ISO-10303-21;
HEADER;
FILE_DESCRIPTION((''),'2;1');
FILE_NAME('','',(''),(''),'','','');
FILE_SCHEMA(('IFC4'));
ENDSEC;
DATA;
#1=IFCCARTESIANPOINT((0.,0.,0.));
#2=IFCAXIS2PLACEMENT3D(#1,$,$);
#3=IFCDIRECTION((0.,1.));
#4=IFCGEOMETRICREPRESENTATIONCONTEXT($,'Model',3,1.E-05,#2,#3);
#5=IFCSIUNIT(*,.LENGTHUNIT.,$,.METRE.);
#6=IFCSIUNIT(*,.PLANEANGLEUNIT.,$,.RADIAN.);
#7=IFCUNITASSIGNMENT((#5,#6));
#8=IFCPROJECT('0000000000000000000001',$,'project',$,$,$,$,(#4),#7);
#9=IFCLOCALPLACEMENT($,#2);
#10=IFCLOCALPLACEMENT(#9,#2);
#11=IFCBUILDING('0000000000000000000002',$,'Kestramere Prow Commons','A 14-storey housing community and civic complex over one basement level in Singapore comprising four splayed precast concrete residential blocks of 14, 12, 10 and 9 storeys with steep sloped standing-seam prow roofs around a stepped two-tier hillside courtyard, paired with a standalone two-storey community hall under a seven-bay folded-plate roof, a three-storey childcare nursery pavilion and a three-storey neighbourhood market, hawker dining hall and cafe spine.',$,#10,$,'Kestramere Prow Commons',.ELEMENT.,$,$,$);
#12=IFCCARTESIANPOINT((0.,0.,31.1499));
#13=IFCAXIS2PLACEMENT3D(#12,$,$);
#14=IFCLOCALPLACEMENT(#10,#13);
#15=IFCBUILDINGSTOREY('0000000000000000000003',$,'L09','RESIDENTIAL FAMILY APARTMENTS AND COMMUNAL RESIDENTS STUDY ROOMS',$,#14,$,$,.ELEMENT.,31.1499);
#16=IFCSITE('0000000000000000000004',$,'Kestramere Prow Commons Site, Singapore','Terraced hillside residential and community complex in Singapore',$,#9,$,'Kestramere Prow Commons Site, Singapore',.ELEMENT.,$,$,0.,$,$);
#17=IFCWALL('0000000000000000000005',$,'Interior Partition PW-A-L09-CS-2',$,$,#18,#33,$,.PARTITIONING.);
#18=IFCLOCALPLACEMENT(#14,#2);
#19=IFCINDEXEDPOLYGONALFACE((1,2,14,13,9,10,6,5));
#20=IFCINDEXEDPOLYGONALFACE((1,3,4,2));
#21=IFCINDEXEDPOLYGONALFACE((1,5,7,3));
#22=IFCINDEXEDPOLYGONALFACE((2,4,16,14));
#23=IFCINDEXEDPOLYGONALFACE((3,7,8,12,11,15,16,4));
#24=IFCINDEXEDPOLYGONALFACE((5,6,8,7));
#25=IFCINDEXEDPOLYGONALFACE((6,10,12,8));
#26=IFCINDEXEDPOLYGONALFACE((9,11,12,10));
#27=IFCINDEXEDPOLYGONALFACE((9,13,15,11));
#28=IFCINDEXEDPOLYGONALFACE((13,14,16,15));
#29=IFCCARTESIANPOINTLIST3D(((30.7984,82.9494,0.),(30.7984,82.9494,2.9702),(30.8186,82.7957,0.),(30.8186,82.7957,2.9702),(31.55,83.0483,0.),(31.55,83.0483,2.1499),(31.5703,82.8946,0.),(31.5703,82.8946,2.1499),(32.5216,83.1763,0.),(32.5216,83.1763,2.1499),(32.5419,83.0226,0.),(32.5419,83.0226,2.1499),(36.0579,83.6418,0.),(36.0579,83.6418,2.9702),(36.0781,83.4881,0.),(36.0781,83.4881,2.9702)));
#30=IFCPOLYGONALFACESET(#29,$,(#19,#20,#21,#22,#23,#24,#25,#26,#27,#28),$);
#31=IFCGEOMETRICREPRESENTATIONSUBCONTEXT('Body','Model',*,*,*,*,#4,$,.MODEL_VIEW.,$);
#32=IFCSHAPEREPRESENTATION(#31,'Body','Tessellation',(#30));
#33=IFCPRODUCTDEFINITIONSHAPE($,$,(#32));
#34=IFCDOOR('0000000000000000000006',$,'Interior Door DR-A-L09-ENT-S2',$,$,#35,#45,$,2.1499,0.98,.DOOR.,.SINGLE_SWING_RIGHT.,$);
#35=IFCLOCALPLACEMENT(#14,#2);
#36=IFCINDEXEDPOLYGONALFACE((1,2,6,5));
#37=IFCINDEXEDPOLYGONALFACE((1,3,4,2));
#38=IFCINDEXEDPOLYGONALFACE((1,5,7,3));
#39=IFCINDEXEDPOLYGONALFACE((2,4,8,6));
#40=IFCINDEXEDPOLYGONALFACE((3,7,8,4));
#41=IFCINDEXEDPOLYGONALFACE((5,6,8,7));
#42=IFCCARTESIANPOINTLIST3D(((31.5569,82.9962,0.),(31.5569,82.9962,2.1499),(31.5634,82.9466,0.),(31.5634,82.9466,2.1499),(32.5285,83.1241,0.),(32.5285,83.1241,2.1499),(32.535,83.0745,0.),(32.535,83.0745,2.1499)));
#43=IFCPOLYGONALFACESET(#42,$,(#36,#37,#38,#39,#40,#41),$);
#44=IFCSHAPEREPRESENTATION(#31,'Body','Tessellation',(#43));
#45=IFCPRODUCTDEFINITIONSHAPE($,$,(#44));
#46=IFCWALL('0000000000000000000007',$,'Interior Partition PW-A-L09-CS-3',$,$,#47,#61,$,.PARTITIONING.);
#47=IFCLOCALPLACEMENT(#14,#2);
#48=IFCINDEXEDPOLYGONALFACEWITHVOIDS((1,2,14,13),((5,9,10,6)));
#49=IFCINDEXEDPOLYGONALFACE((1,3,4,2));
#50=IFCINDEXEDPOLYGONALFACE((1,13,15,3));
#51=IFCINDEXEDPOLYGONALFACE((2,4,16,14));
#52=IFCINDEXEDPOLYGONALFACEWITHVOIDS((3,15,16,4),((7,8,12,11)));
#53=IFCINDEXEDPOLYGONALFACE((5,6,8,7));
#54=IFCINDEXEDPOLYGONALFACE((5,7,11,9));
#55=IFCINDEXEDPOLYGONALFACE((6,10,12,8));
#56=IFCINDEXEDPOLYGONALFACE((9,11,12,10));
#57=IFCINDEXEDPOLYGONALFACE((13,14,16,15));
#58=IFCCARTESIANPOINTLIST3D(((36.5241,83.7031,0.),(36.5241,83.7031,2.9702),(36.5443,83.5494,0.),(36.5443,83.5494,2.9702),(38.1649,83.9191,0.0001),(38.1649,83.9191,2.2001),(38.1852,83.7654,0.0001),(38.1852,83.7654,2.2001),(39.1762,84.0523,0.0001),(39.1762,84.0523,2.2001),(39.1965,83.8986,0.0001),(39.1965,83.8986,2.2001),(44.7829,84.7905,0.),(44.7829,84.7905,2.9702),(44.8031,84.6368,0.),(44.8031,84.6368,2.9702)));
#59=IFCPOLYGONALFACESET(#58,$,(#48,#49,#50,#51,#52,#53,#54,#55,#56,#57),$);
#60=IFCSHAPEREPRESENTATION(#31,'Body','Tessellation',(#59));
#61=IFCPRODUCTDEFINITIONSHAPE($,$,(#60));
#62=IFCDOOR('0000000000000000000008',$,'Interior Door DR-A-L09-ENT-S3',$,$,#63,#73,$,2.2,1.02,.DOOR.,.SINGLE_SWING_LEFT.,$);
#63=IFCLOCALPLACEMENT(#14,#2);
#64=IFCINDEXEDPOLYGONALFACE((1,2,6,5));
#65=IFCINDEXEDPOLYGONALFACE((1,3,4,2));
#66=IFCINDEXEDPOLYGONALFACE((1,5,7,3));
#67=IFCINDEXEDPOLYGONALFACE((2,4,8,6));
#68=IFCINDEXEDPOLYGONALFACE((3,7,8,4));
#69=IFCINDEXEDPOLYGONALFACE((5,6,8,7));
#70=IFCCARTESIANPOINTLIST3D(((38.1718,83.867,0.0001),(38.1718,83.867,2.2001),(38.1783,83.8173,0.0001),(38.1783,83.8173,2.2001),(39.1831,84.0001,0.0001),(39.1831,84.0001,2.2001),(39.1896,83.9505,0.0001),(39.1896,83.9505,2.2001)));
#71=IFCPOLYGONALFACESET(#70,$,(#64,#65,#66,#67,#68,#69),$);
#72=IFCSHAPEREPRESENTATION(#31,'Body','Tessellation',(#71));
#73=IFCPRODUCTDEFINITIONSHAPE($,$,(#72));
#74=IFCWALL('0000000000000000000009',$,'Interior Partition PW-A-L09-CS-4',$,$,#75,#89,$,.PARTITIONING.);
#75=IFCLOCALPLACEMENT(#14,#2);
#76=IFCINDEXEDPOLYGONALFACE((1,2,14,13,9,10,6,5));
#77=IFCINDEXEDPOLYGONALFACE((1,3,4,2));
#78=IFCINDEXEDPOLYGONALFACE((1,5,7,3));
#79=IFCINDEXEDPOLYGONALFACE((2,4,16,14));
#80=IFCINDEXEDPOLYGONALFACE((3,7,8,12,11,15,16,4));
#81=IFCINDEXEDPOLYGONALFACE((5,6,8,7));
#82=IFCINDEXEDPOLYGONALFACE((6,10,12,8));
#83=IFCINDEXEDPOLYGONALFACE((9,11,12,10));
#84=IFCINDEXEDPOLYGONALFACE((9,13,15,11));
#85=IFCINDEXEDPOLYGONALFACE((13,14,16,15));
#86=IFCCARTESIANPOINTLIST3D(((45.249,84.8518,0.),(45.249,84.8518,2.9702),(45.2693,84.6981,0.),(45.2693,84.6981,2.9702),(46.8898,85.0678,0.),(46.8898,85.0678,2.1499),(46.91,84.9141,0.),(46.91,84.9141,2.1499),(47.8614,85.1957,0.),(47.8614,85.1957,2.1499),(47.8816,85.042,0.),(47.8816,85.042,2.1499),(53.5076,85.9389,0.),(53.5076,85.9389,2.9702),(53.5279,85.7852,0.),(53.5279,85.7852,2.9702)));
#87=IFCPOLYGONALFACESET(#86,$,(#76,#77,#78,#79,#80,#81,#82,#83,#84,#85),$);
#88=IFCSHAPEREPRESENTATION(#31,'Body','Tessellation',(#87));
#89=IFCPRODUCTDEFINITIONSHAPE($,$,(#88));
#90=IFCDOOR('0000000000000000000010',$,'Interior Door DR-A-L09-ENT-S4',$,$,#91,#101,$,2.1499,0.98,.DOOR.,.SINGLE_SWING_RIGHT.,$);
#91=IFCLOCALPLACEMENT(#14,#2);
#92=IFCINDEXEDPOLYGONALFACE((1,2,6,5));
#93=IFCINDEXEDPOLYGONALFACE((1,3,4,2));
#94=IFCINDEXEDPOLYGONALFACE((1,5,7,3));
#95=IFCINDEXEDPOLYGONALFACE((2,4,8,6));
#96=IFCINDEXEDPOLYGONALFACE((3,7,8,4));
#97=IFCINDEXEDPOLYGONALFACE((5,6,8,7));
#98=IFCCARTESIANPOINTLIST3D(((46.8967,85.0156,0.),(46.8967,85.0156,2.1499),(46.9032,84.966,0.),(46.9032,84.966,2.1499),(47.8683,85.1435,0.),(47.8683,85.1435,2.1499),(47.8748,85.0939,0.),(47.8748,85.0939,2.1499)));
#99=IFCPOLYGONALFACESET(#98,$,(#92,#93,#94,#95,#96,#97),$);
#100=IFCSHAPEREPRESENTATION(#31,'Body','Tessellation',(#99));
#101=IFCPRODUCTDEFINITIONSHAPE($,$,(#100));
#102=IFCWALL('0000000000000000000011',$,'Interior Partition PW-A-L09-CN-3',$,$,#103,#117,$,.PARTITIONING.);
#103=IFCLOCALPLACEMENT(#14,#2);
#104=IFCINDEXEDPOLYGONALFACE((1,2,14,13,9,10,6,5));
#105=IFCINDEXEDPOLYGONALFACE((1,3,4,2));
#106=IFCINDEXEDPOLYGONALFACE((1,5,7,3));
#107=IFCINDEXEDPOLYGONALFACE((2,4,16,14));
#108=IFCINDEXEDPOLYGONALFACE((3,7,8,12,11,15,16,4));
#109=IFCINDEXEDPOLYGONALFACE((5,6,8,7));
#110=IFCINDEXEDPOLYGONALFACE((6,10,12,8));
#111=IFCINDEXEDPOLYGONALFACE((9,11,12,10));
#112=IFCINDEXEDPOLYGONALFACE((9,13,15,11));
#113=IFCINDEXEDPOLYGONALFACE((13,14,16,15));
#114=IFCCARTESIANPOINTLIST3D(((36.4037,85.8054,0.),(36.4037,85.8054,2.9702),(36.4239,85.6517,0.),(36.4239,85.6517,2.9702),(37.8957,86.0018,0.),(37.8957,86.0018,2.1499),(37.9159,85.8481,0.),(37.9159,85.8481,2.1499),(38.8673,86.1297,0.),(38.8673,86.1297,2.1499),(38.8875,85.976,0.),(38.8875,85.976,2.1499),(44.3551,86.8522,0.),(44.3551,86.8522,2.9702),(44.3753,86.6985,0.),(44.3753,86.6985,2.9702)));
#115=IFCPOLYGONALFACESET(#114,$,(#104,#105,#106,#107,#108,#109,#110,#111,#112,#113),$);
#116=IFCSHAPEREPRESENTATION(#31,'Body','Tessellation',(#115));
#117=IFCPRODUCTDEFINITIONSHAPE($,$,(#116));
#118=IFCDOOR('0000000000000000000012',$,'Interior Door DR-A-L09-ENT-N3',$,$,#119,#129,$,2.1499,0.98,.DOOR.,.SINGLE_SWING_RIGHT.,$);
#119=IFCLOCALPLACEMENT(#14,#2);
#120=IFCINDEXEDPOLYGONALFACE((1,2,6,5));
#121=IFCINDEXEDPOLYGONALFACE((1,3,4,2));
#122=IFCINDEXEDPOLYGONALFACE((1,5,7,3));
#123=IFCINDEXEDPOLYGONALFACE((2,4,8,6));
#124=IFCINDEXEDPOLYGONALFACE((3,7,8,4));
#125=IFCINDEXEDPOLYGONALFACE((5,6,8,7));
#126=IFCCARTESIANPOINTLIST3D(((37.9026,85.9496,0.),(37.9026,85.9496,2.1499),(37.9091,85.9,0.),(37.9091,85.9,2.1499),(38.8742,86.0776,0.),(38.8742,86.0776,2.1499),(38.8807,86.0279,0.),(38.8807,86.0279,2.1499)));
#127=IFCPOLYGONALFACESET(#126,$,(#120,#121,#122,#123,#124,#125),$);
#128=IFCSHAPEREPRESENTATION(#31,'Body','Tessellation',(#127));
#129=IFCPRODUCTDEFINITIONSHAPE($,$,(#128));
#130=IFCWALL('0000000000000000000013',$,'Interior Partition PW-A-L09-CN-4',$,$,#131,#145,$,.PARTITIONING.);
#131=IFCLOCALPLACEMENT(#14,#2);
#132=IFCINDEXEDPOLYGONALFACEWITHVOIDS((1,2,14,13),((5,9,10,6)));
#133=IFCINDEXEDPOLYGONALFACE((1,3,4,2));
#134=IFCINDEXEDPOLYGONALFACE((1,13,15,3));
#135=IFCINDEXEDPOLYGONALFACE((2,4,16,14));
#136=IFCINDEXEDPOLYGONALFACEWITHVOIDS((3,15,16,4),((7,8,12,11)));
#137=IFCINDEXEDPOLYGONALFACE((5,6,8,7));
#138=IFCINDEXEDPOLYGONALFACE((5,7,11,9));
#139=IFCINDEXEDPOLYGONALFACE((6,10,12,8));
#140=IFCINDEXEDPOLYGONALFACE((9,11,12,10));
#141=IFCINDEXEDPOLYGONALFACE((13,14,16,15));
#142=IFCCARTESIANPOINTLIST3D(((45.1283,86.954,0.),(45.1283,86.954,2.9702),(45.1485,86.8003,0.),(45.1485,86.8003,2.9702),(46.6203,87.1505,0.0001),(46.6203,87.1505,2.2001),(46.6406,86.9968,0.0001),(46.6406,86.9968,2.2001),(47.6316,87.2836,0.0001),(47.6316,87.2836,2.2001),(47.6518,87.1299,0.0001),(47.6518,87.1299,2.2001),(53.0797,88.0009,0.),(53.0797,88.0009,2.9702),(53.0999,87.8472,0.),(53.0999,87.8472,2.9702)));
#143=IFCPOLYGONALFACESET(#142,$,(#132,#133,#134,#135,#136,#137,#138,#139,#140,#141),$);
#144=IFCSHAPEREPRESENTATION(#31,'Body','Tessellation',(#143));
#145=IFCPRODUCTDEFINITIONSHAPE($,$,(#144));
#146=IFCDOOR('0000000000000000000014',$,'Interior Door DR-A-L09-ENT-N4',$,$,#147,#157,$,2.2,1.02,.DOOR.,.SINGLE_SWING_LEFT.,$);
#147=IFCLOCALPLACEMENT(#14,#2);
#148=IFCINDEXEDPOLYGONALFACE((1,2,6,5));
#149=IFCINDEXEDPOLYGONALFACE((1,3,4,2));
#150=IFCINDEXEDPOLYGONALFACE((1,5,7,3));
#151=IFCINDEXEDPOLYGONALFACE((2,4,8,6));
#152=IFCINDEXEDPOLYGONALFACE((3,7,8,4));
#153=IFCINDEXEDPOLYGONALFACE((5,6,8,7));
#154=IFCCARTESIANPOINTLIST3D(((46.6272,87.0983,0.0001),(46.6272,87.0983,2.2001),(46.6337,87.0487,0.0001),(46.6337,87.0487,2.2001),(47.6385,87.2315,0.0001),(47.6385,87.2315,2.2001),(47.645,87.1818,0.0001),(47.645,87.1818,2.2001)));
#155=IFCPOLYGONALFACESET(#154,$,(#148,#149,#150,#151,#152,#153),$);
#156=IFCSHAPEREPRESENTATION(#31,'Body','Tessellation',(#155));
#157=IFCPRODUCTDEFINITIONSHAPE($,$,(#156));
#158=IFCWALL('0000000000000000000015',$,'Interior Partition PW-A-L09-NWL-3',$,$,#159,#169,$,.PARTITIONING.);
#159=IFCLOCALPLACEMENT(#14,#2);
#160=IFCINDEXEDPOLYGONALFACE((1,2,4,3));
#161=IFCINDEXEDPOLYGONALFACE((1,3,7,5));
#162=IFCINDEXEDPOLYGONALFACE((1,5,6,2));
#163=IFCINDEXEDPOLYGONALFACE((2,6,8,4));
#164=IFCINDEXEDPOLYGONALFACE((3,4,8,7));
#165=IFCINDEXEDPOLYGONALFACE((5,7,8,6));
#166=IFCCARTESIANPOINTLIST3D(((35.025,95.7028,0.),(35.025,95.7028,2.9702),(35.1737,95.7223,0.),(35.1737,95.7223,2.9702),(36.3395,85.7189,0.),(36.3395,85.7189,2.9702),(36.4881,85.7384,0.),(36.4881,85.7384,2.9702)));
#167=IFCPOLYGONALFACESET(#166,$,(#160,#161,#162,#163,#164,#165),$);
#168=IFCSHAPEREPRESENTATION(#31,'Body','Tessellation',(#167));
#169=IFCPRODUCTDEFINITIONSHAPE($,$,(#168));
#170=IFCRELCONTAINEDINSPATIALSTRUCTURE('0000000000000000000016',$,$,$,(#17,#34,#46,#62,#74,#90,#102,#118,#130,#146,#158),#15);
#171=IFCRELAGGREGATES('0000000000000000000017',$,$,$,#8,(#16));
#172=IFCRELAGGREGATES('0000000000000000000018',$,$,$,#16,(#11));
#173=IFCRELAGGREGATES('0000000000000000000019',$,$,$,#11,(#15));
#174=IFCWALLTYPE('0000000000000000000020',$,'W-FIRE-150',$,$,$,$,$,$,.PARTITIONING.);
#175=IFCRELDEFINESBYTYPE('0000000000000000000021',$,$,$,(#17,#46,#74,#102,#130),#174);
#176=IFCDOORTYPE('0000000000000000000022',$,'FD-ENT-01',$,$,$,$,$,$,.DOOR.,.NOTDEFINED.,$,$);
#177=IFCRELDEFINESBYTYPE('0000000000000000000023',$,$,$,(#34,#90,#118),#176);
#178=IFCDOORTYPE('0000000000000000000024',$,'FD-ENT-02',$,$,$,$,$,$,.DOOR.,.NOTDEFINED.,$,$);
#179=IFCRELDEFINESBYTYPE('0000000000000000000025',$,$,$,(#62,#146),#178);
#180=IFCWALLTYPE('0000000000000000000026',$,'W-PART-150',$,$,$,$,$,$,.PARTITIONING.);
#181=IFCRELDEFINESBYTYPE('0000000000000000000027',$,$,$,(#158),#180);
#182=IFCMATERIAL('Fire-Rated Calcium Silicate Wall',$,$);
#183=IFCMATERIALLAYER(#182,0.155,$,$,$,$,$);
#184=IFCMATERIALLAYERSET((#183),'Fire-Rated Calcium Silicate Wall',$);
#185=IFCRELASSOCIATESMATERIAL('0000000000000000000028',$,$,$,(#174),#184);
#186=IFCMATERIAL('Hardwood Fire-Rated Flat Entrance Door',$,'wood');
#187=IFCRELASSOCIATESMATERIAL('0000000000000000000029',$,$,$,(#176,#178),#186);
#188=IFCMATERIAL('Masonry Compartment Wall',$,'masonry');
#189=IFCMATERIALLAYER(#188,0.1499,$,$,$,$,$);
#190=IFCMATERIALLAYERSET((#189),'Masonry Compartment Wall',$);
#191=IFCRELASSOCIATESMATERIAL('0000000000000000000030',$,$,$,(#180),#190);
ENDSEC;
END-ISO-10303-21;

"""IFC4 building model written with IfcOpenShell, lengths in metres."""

from ifc_helpers import new_model, si_unit, direction, frame, frame_2d, origin, place, context, subcontext, project, spatial, rectangle, extrude, material, layer, layer_set, type_object, element, fill, save


model = new_model("IFC4")

# Units and contexts
model_context = context("Model", 3, precision=1e-05, world=origin(), true_north=direction((0.0, 1.0)))
body_context = subcontext(model_context, "Body", "Model", "MODEL_VIEW")
ifc_project = project(units=[si_unit("LENGTHUNIT", "METRE"), si_unit("PLANEANGLEUNIT", "RADIAN")], contexts=[model_context])

# Site, building, storey
site_placement = place(None, origin())
site = spatial("IfcSite", under=ifc_project, at=site_placement, Name="Kestramere Prow Commons Site, Singapore", Description="Terraced hillside residential and community complex in Singapore", LongName="Kestramere Prow Commons Site, Singapore", CompositionType="ELEMENT", RefElevation=0.0)
building_placement = place(site_placement, origin())
building = spatial("IfcBuilding", under=site, at=building_placement, Name="Kestramere Prow Commons", Description="A 14-storey housing community and civic complex over one basement level in Singapore comprising four splayed precast concrete residential blocks of 14, 12, 10 and 9 storeys with steep sloped standing-seam prow roofs around a stepped two-tier hillside courtyard, paired with a standalone two-storey community hall under a seven-bay folded-plate roof, a three-storey childcare nursery pavilion and a three-storey neighbourhood market, hawker dining hall and cafe spine.", LongName="Kestramere Prow Commons", CompositionType="ELEMENT")
storey_placement = place(building_placement, frame((0.0, 0.0, 31.1499)))
storey = spatial("IfcBuildingStorey", under=building, at=storey_placement, Name="L09", Description="RESIDENTIAL FAMILY APARTMENTS AND COMMUNAL RESIDENTS STUDY ROOMS", CompositionType="ELEMENT", Elevation=31.1499)

# Shared definitions
ifc_material_1 = material(Name="Fire-Rated Calcium Silicate Wall")
ifc_layer_1 = layer(ifc_material_1, 0.155)
ifc_layer_set_1 = layer_set([ifc_layer_1], Name="Fire-Rated Calcium Silicate Wall")
wall_type_1 = type_object("IfcWallType", Name="W-FIRE-150", PredefinedType="PARTITIONING", material=ifc_layer_set_1)

# Walls, openings, doors
wall_1_placement = place(storey_placement, frame((30.8086, 82.8726, 0.0), z_axis=(0.0, 0.0, 1.0), x_axis=(0.991446, 0.130518, 0.0)))
wall_1 = element("IfcWall", 1, at=wall_1_placement, inside=storey, type_object=wall_type_1, Name="Interior Partition PW-A-L09-CS-2", PredefinedType="PARTITIONING", context=body_context, shape_type="SweptSolid", body=[
    extrude(rectangle(XDim=5.3049, YDim=0.155, at=frame_2d((2.6523, 0.0))), origin(), (0.0, 0.0, 1.0), 2.9702),
])
opening_1_placement = place(wall_1_placement, frame((0.7581, 0.0, 0.0)))
opening_1 = element("IfcOpeningElement", 2, at=opening_1_placement, cuts=wall_1, PredefinedType="OPENING", context=body_context, shape_type="SweptSolid", body=[
    extrude(rectangle(XDim=0.98, YDim=2.1499, at=frame_2d((0.49, 1.075))), frame((0.0, 0.0925, 0.0), z_axis=(0.0, -1.0, 0.0), x_axis=(1.0, 0.0, 0.0)), (0.0, 0.0, 1.0), 0.1851),
])
ifc_material_2 = material(Name="Hardwood Fire-Rated Flat Entrance Door", Category="wood")
door_type_1 = type_object("IfcDoorType", Name="FD-ENT-01", OperationType="NOTDEFINED", PredefinedType="DOOR", material=ifc_material_2)
door_1_placement = place(opening_1_placement, origin())
door_1 = element("IfcDoor", 3, at=door_1_placement, inside=storey, type_object=door_type_1, Name="Interior Door DR-A-L09-ENT-S2", OperationType="SINGLE_SWING_RIGHT", OverallHeight=2.1499, OverallWidth=0.98, PredefinedType="DOOR", context=body_context, shape_type="SweptSolid", body=[
    extrude(rectangle(XDim=0.98, YDim=2.1499, at=frame_2d((0.49, 1.075))), frame((0.0, 0.0249, 0.0), z_axis=(0.0, -1.0, 0.0), x_axis=(1.0, 0.0, 0.0)), (0.0, 0.0, 1.0), 0.05),
])
fill(opening_1, door_1)
wall_2_placement = place(storey_placement, frame((36.5342, 83.6262, 0.0), z_axis=(0.0, 0.0, 1.0), x_axis=(0.991443, 0.130539, 0.0)))
wall_2 = element("IfcWall", 4, at=wall_2_placement, inside=storey, type_object=wall_type_1, Name="Interior Partition PW-A-L09-CS-3", PredefinedType="PARTITIONING", context=body_context, shape_type="SweptSolid", body=[
    extrude(rectangle(XDim=8.3301, YDim=0.155, at=frame_2d((4.165, 0.0))), origin(), (0.0, 0.0, 1.0), 2.9702),
])
opening_2_placement = place(wall_2_placement, frame((1.655, 0.0, 0.0)))
opening_2 = element("IfcOpeningElement", 5, at=opening_2_placement, cuts=wall_2, PredefinedType="OPENING", context=body_context, shape_type="SweptSolid", body=[
    extrude(rectangle(XDim=1.02, YDim=2.2, at=frame_2d((0.51, 1.1001))), frame((0.0, 0.0925, 0.0), z_axis=(0.0, -1.0, 0.0), x_axis=(1.0, 0.0, 0.0)), (0.0, 0.0, 1.0), 0.1851),
])
door_type_2 = type_object("IfcDoorType", Name="FD-ENT-02", OperationType="NOTDEFINED", PredefinedType="DOOR", material=ifc_material_2)
door_2_placement = place(opening_2_placement, origin())
door_2 = element("IfcDoor", 6, at=door_2_placement, inside=storey, type_object=door_type_2, Name="Interior Door DR-A-L09-ENT-S3", OperationType="SINGLE_SWING_LEFT", OverallHeight=2.2, OverallWidth=1.02, PredefinedType="DOOR", context=body_context, shape_type="SweptSolid", body=[
    extrude(rectangle(XDim=1.02, YDim=2.2, at=frame_2d((0.51, 1.1001))), frame((0.0, 0.0249, 0.0), z_axis=(0.0, -1.0, 0.0), x_axis=(1.0, 0.0, 0.0)), (0.0, 0.0, 1.0), 0.05),
])
fill(opening_2, door_2)
wall_3_placement = place(storey_placement, frame((45.259, 84.7749, 0.0), z_axis=(0.0, 0.0, 1.0), x_axis=(0.991446, 0.130514, 0.0)))
wall_3 = element("IfcWall", 7, at=wall_3_placement, inside=storey, type_object=wall_type_1, Name="Interior Partition PW-A-L09-CS-4", PredefinedType="PARTITIONING", context=body_context, shape_type="SweptSolid", body=[
    extrude(rectangle(XDim=8.3298, YDim=0.155, at=frame_2d((4.165, 0.0))), origin(), (0.0, 0.0, 1.0), 2.9702),
])
opening_3_placement = place(wall_3_placement, frame((1.655, 0.0, 0.0)))
opening_3 = element("IfcOpeningElement", 8, at=opening_3_placement, cuts=wall_3, PredefinedType="OPENING", context=body_context, shape_type="SweptSolid", body=[
    extrude(rectangle(XDim=0.98, YDim=2.1499, at=frame_2d((0.49, 1.075))), frame((0.0, 0.0925, 0.0), z_axis=(0.0, -1.0, 0.0), x_axis=(1.0, 0.0, 0.0)), (0.0, 0.0, 1.0), 0.1851),
])
door_3_placement = place(opening_3_placement, origin())
door_3 = element("IfcDoor", 9, at=door_3_placement, inside=storey, type_object=door_type_1, Name="Interior Door DR-A-L09-ENT-S4", OperationType="SINGLE_SWING_RIGHT", OverallHeight=2.1499, OverallWidth=0.98, PredefinedType="DOOR", context=body_context, shape_type="SweptSolid", body=[
    extrude(rectangle(XDim=0.98, YDim=2.1499, at=frame_2d((0.49, 1.075))), frame((0.0, 0.0249, 0.0), z_axis=(0.0, -1.0, 0.0), x_axis=(1.0, 0.0, 0.0)), (0.0, 0.0, 1.0), 0.05),
])
fill(opening_3, door_3)
wall_4_placement = place(storey_placement, frame((36.4138, 85.7285, 0.0), z_axis=(0.0, 0.0, 1.0), x_axis=(0.991444, 0.130532, 0.0)))
wall_4 = element("IfcWall", 10, at=wall_4_placement, inside=storey, type_object=wall_type_1, Name="Interior Partition PW-A-L09-CN-3", PredefinedType="PARTITIONING", context=body_context, shape_type="SweptSolid", body=[
    extrude(rectangle(XDim=8.02, YDim=0.155, at=frame_2d((4.01, 0.0))), origin(), (0.0, 0.0, 1.0), 2.9702),
])
opening_4_placement = place(wall_4_placement, frame((1.5049, 0.0, 0.0)))
opening_4 = element("IfcOpeningElement", 11, at=opening_4_placement, cuts=wall_4, PredefinedType="OPENING", context=body_context, shape_type="SweptSolid", body=[
    extrude(rectangle(XDim=0.98, YDim=2.1499, at=frame_2d((0.49, 1.075))), frame((0.0, 0.0925, 0.0), z_axis=(0.0, -1.0, 0.0), x_axis=(1.0, 0.0, 0.0)), (0.0, 0.0, 1.0), 0.1851),
])
door_4_placement = place(opening_4_placement, origin())
door_4 = element("IfcDoor", 12, at=door_4_placement, inside=storey, type_object=door_type_1, Name="Interior Door DR-A-L09-ENT-N3", OperationType="SINGLE_SWING_RIGHT", OverallHeight=2.1499, OverallWidth=0.98, PredefinedType="DOOR", context=body_context, shape_type="SweptSolid", body=[
    extrude(rectangle(XDim=0.98, YDim=2.1499, at=frame_2d((0.49, 1.075))), frame((0.0, 0.0249, 0.0), z_axis=(0.0, -1.0, 0.0), x_axis=(1.0, 0.0, 0.0)), (0.0, 0.0, 1.0), 0.05),
])
fill(opening_4, door_4)
wall_5_placement = place(storey_placement, frame((45.1384, 86.8772, 0.0), z_axis=(0.0, 0.0, 1.0), x_axis=(0.991444, 0.130532, 0.0)))
wall_5 = element("IfcWall", 13, at=wall_5_placement, inside=storey, type_object=wall_type_1, Name="Interior Partition PW-A-L09-CN-4", PredefinedType="PARTITIONING", context=body_context, shape_type="SweptSolid", body=[
    extrude(rectangle(XDim=8.02, YDim=0.155, at=frame_2d((4.01, 0.0))), origin(), (0.0, 0.0, 1.0), 2.9702),
])
opening_5_placement = place(wall_5_placement, frame((1.5049, 0.0, 0.0)))
opening_5 = element("IfcOpeningElement", 14, at=opening_5_placement, cuts=wall_5, PredefinedType="OPENING", context=body_context, shape_type="SweptSolid", body=[
    extrude(rectangle(XDim=1.02, YDim=2.2, at=frame_2d((0.51, 1.1001))), frame((0.0, 0.0925, 0.0), z_axis=(0.0, -1.0, 0.0), x_axis=(1.0, 0.0, 0.0)), (0.0, 0.0, 1.0), 0.1851),
])
door_5_placement = place(opening_5_placement, origin())
door_5 = element("IfcDoor", 15, at=door_5_placement, inside=storey, type_object=door_type_2, Name="Interior Door DR-A-L09-ENT-N4", OperationType="SINGLE_SWING_LEFT", OverallHeight=2.2, OverallWidth=1.02, PredefinedType="DOOR", context=body_context, shape_type="SweptSolid", body=[
    extrude(rectangle(XDim=1.02, YDim=2.2, at=frame_2d((0.51, 1.1001))), frame((0.0, 0.0249, 0.0), z_axis=(0.0, -1.0, 0.0), x_axis=(1.0, 0.0, 0.0)), (0.0, 0.0, 1.0), 0.05),
])
fill(opening_5, door_5)

# Wall
ifc_material_3 = material(Name="Masonry Compartment Wall", Category="masonry")
ifc_layer_2 = layer(ifc_material_3, 0.1499)
ifc_layer_set_2 = layer_set([ifc_layer_2], Name="Masonry Compartment Wall")
wall_type_2 = type_object("IfcWallType", Name="W-PART-150", PredefinedType="PARTITIONING", material=ifc_layer_set_2)
for number, where, z_axis, x_axis, name in (
    (16, (36.4138, 85.7285, 0.0), (0.0, 0.0, 1.0), (-0.130531, 0.991444, 0.0), "Interior Partition PW-A-L09-NWL-3"),
):
    element("IfcWall", number, at=place(storey_placement, frame(where, z_axis=z_axis, x_axis=x_axis)), inside=storey, type_object=wall_type_2, Name=name, PredefinedType="PARTITIONING", context=body_context, shape_type="SweptSolid", body=[
        extrude(rectangle(XDim=10.0701, YDim=0.1499, at=frame_2d((5.0352, 0.0))), origin(), (0.0, 0.0, 1.0), 2.9702),
    ])

save(model, "model.ifc")
